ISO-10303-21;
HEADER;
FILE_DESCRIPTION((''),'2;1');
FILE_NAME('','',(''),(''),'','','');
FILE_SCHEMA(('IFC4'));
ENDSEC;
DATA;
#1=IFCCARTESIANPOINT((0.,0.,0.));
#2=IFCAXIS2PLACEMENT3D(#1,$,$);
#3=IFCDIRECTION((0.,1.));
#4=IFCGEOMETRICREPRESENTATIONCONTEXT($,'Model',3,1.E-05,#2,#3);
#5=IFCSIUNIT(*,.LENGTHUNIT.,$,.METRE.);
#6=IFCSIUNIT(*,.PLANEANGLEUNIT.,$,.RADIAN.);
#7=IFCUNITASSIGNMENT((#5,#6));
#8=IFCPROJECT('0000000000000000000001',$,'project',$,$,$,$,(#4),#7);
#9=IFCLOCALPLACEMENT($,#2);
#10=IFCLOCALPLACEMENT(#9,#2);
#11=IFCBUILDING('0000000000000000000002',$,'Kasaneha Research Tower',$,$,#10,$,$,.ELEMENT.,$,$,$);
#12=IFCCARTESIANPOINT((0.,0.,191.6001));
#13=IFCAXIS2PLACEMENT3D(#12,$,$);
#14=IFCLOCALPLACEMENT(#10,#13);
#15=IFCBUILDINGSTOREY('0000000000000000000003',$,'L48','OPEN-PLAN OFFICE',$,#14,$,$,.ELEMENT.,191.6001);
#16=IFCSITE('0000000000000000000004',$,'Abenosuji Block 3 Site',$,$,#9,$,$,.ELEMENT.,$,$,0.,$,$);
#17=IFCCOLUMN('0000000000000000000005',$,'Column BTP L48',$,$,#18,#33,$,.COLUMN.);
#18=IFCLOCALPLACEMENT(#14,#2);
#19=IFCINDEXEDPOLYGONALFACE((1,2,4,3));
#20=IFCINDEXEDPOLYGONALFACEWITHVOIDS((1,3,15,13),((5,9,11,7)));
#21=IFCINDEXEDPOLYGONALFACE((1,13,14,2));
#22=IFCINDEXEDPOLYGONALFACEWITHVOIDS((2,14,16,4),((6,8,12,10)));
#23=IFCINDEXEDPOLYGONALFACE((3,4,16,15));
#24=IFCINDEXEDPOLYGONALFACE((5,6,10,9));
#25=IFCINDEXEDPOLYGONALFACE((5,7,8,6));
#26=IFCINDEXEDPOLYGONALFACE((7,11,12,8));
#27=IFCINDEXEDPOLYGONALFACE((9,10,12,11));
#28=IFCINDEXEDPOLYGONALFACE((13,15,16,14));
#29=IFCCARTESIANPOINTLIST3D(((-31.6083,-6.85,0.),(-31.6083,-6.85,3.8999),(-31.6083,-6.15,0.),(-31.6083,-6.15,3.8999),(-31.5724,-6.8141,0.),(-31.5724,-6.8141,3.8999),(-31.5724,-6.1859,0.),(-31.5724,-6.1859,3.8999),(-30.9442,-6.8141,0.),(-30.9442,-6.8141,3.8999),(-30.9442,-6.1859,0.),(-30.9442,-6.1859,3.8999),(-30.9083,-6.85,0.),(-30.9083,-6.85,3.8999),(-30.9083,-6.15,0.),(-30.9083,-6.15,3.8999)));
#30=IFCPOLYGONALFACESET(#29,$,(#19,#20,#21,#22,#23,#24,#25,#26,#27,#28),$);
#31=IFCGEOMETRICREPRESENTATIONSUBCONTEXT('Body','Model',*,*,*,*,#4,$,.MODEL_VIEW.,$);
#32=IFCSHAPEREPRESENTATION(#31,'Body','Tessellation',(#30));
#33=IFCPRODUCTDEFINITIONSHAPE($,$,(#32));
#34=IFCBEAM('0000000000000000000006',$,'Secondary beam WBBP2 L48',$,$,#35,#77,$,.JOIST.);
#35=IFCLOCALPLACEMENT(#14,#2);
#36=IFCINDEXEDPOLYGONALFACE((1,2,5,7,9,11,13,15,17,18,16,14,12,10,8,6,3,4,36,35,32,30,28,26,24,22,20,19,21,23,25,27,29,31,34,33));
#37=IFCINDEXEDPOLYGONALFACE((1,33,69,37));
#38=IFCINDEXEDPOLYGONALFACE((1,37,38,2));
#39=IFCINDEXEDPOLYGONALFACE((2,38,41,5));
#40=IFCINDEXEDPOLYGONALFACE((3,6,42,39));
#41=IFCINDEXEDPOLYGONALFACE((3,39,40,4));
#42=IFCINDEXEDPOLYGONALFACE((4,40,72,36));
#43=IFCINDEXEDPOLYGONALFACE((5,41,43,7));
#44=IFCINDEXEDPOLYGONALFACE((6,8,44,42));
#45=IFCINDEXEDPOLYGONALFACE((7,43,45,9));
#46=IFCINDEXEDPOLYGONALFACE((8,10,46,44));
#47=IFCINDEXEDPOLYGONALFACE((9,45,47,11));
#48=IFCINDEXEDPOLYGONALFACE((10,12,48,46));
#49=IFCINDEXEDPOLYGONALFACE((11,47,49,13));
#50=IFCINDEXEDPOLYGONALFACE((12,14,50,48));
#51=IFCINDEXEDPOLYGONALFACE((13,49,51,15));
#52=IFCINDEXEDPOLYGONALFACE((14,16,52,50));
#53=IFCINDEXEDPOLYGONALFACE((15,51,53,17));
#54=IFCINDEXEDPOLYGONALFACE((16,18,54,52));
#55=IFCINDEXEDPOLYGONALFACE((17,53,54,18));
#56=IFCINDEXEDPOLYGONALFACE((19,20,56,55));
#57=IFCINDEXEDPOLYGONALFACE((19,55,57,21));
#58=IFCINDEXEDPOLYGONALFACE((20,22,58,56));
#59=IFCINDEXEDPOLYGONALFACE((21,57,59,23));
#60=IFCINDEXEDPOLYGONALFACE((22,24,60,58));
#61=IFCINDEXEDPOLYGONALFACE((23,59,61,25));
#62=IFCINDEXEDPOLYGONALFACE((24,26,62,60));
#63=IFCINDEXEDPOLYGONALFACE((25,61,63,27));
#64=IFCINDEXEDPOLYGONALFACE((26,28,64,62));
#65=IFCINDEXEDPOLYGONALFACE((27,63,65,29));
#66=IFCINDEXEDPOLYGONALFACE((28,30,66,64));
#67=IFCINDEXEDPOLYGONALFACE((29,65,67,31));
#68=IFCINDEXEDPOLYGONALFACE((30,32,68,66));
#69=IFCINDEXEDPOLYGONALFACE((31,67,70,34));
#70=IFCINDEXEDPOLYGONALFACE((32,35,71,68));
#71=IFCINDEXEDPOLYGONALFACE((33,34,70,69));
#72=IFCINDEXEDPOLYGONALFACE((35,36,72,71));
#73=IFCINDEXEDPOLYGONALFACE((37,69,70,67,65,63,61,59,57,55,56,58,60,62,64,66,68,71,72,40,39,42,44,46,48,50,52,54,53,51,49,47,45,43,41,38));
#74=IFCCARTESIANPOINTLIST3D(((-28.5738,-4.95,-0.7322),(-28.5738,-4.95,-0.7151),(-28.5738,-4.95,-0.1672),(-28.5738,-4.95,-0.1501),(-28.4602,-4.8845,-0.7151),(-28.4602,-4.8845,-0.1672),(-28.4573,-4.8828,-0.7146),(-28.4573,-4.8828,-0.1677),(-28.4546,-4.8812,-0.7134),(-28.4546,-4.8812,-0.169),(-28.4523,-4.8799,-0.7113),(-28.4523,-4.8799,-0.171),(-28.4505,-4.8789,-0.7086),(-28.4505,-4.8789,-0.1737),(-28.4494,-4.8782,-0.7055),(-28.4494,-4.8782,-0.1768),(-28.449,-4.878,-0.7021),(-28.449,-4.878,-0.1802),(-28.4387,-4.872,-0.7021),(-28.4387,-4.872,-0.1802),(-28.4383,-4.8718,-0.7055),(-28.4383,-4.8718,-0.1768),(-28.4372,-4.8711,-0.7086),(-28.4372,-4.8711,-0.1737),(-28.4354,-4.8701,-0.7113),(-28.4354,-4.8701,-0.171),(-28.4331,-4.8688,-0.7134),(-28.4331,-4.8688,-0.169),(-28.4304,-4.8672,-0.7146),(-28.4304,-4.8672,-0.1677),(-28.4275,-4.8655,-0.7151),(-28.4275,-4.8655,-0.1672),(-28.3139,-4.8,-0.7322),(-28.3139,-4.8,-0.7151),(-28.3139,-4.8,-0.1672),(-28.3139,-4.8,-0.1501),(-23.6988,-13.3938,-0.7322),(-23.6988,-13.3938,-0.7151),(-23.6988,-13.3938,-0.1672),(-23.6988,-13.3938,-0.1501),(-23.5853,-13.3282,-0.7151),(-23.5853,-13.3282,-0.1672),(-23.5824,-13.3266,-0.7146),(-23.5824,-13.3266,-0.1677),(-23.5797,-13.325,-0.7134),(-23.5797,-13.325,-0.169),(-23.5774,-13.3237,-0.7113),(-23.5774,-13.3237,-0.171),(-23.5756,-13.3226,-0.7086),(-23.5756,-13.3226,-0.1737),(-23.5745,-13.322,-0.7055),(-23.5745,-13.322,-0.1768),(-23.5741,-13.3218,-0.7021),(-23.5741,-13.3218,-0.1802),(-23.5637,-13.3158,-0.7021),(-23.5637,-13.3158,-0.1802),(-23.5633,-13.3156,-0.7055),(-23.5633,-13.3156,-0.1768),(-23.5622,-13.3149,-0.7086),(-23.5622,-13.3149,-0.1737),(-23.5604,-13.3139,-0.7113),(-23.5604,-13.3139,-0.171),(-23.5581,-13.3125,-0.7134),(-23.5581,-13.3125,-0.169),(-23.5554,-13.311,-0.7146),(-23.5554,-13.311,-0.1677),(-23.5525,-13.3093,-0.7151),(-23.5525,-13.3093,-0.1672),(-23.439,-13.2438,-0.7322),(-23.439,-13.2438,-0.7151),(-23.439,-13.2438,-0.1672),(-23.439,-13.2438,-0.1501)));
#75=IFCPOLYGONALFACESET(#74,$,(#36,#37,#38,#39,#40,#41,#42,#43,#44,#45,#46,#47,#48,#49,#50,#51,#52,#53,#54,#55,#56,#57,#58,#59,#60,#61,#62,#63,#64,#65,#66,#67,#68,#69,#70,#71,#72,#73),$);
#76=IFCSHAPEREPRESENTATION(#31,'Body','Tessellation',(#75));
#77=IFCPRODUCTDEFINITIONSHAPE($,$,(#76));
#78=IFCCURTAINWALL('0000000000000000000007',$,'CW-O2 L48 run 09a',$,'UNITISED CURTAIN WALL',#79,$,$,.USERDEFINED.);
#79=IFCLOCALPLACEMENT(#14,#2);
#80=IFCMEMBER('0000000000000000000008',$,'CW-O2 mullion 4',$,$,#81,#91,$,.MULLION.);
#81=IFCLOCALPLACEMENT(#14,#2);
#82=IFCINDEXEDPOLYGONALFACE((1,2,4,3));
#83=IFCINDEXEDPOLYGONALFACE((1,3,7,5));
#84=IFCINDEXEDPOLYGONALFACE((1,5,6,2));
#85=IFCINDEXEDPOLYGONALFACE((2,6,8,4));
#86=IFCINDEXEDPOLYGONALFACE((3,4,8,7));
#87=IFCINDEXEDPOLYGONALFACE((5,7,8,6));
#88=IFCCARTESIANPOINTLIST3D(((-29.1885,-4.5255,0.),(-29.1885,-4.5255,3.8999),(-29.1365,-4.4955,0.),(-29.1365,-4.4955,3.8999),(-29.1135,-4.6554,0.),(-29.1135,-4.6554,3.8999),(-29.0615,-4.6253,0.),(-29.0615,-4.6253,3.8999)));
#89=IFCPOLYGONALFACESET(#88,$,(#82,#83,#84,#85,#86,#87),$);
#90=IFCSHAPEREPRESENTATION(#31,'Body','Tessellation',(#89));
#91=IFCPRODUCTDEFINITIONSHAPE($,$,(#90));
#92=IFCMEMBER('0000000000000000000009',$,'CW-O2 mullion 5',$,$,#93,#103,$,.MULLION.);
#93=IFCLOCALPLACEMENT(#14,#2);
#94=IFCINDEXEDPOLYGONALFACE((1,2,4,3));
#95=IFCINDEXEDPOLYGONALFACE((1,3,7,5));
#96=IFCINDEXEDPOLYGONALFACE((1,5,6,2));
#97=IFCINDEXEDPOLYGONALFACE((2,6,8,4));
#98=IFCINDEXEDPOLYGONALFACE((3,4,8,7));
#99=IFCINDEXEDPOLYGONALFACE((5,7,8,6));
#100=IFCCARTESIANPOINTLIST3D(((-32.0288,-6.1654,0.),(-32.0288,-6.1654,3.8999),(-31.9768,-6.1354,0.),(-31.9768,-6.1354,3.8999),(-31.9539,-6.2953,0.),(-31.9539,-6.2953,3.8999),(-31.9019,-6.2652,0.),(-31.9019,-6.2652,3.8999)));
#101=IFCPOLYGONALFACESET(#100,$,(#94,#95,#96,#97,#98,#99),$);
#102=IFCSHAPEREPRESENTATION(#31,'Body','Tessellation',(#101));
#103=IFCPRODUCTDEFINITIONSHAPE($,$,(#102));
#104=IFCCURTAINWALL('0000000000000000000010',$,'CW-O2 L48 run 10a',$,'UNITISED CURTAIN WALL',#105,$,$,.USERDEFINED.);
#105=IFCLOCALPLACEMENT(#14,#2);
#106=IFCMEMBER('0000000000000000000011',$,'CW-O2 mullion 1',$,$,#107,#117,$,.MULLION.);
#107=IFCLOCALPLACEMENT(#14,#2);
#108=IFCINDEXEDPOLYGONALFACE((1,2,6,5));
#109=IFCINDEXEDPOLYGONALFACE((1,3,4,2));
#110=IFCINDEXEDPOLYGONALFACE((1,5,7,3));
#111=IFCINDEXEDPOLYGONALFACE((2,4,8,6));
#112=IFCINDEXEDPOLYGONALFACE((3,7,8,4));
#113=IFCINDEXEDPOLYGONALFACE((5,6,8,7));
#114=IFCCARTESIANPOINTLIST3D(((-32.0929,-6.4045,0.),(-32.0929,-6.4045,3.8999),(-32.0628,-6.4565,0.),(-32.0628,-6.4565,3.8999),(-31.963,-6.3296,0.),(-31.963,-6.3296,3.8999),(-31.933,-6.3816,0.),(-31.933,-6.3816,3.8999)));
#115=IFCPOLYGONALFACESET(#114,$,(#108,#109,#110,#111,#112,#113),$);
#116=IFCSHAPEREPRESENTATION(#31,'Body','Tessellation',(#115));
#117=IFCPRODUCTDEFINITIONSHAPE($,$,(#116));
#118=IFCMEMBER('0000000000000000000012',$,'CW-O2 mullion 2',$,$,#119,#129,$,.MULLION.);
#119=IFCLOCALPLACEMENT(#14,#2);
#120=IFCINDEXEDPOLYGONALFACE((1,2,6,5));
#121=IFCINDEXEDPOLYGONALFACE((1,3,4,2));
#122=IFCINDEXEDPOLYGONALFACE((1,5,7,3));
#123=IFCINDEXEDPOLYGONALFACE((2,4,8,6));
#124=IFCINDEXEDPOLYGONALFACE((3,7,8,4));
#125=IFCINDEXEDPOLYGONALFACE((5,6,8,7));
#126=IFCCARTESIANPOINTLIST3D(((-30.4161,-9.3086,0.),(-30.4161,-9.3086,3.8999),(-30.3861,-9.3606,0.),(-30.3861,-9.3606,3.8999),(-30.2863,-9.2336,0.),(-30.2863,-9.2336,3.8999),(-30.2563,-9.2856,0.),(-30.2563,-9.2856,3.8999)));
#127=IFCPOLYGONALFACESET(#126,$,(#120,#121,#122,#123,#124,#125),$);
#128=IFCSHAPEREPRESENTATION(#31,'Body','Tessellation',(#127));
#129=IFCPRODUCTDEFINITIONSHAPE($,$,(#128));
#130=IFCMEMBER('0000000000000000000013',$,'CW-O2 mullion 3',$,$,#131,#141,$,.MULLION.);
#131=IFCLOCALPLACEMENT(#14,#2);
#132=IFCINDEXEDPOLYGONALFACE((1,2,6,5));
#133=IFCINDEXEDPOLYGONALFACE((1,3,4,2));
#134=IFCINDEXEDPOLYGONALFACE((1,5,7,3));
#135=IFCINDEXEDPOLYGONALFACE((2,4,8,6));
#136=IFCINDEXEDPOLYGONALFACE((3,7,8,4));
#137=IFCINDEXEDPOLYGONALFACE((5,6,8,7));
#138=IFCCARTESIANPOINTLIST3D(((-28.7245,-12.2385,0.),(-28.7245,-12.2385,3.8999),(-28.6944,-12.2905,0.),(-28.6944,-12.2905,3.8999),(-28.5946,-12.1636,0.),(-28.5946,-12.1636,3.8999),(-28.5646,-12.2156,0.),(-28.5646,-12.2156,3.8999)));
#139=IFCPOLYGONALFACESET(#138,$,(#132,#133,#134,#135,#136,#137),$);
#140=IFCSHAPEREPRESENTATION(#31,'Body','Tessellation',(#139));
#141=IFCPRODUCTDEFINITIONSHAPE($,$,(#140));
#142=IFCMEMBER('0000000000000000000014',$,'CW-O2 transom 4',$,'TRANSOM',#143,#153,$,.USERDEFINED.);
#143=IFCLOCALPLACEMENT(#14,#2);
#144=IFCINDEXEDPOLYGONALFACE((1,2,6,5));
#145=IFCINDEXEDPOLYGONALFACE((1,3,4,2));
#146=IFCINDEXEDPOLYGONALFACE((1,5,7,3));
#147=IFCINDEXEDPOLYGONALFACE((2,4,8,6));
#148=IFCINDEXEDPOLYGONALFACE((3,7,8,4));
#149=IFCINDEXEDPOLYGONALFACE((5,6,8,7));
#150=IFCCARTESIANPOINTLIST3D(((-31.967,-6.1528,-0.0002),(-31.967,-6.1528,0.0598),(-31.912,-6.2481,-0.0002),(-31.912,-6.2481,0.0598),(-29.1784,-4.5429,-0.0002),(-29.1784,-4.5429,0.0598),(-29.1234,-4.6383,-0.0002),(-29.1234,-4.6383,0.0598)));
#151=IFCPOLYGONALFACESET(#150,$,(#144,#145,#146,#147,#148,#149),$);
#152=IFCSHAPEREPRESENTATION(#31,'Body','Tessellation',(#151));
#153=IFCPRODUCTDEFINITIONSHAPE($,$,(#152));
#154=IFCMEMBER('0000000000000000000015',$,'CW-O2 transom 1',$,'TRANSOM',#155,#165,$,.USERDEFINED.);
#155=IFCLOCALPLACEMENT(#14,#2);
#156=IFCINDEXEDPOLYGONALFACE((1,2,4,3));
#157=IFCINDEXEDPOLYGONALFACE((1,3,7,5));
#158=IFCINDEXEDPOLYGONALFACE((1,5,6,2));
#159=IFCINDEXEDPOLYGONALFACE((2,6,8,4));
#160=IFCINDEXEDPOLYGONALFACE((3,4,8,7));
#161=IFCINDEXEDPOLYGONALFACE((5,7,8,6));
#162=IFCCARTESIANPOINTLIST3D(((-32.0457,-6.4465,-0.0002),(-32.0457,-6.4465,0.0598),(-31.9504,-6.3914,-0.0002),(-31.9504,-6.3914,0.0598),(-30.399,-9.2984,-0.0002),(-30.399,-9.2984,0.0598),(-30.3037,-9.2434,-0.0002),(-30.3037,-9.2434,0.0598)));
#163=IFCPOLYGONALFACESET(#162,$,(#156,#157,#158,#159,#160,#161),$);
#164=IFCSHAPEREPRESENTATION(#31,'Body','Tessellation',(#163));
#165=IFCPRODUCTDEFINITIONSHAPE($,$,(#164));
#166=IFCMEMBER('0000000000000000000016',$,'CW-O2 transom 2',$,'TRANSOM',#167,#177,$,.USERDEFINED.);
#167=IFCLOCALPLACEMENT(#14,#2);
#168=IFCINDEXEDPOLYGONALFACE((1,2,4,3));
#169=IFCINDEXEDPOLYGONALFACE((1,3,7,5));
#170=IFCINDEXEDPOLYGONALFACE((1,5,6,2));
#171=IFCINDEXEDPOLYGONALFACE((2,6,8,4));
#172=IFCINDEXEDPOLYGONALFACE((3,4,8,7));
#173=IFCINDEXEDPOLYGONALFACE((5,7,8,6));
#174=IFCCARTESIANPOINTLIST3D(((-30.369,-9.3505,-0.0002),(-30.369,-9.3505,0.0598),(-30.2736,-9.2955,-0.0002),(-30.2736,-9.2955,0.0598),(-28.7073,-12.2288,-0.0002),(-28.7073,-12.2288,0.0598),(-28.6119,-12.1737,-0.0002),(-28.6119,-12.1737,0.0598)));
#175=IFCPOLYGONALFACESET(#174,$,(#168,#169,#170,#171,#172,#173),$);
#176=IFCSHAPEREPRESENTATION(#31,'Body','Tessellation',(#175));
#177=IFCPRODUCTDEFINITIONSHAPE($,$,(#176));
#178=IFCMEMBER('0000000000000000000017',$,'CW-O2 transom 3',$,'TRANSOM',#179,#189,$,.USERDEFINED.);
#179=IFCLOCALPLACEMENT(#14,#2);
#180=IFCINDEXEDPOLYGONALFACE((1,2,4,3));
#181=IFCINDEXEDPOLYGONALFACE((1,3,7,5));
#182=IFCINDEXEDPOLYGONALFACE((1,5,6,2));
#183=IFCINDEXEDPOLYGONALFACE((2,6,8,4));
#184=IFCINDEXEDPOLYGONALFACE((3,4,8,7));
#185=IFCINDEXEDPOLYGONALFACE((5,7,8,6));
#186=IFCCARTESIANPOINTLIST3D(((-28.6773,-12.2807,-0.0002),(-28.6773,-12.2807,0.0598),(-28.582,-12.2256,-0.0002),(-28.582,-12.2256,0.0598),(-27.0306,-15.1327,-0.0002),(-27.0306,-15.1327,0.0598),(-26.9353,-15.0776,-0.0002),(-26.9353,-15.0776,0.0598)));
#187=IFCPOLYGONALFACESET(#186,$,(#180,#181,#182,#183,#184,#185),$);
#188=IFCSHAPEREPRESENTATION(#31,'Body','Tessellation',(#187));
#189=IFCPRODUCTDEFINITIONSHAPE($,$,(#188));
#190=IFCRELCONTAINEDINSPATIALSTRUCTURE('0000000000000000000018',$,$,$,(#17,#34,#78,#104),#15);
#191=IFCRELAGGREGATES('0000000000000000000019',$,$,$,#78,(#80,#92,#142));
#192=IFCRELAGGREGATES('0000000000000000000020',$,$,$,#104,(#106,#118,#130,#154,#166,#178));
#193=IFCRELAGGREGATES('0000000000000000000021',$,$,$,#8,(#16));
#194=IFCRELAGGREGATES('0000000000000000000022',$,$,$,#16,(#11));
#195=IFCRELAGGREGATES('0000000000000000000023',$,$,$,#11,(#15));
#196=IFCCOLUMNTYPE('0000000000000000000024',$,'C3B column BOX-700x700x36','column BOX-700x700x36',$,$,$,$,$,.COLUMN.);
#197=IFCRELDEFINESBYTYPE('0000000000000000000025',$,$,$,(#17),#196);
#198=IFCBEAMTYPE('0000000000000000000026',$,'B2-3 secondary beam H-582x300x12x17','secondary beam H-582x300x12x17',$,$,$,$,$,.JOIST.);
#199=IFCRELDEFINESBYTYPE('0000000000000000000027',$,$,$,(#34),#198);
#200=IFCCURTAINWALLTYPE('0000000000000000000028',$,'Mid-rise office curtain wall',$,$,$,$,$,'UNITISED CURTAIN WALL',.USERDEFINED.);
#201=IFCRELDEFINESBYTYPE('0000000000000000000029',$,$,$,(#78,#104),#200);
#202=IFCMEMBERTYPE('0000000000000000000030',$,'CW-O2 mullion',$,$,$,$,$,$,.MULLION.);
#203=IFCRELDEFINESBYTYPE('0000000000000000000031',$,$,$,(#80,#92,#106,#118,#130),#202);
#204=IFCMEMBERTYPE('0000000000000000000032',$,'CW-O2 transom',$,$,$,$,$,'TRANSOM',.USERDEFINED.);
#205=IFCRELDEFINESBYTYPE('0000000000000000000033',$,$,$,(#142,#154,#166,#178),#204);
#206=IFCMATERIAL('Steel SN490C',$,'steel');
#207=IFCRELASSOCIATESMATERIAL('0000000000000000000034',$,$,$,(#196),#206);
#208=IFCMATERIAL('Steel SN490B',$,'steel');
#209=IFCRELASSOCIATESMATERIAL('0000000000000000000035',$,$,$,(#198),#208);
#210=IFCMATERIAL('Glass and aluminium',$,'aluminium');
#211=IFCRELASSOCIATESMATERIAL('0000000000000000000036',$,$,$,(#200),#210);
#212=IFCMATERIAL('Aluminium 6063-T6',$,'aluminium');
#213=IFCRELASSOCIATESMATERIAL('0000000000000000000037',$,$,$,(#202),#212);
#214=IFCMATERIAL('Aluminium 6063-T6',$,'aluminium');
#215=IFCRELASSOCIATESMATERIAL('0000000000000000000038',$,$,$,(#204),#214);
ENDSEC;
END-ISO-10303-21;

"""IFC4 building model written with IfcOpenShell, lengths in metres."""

from ifc_helpers import new_model, si_unit, direction, frame, origin, origin_2d, place, context, subcontext, project, spatial, rectangle, hollow_rectangle, i_section, extrude, material, material_profile, profile_set, type_object, element, aggregate, save


model = new_model("IFC4")

# Units and contexts
model_context = context("Model", 3, precision=1e-05, world=origin(), true_north=direction((0.0, 1.0)))
body_context = subcontext(model_context, "Body", "Model", "MODEL_VIEW")
ifc_project = project(units=[si_unit("LENGTHUNIT", "METRE"), si_unit("PLANEANGLEUNIT", "RADIAN")], contexts=[model_context])

# Site, building, storey
site_placement = place(None, origin())
site = spatial("IfcSite", under=ifc_project, at=site_placement, Name="Abenosuji Block 3 Site", CompositionType="ELEMENT", RefElevation=0.0)
building_placement = place(site_placement, origin())
building = spatial("IfcBuilding", under=site, at=building_placement, Name="Kasaneha Research Tower", CompositionType="ELEMENT")
storey_placement = place(building_placement, frame((0.0, 0.0, 191.6001)))
storey = spatial("IfcBuildingStorey", under=building, at=storey_placement, Name="L48", Description="OPEN-PLAN OFFICE", CompositionType="ELEMENT", Elevation=191.6001)

# Column
ifc_material_1 = material(Name="Steel SN490C", Category="steel")
ifc_material_profile_1 = material_profile(ifc_material_1, hollow_rectangle(XDim=0.7, YDim=0.7, WallThickness=0.0359, at=origin_2d()), Name="BOX-700x700x36")
ifc_profile_set_1 = profile_set([ifc_material_profile_1], Name="Steel SN490C")
column_type = type_object("IfcColumnType", Name="C3B column BOX-700x700x36", Description="column BOX-700x700x36", PredefinedType="COLUMN", material=ifc_profile_set_1)
column_placement = place(storey_placement, frame((-31.2583, -6.5, 0.0), z_axis=(0.0, 0.0, 1.0), x_axis=(1.0, 0.0, 0.0)))
element("IfcColumn", 1, at=column_placement, inside=storey, type_object=column_type, Name="Column BTP L48", PredefinedType="COLUMN", context=body_context, shape_type="SweptSolid", body=[
    extrude(hollow_rectangle(XDim=0.7, YDim=0.7, WallThickness=0.0359, at=origin_2d()), origin(), (0.0, 0.0, 1.0), 3.8999),
])

# Beam
ifc_material_2 = material(Name="Steel SN490B", Category="steel")
ifc_material_profile_2 = material_profile(ifc_material_2, i_section(OverallWidth=0.3, OverallDepth=0.582, WebThickness=0.012, FlangeThickness=0.0171, FilletRadius=0.0129, at=origin_2d()), Name="H-582x300x12x17")
ifc_profile_set_2 = profile_set([ifc_material_profile_2], Name="Steel SN490B")
beam_type_1 = type_object("IfcBeamType", Name="B2-3 secondary beam H-582x300x12x17", Description="secondary beam H-582x300x12x17", PredefinedType="JOIST", material=ifc_profile_set_2)
beam_1_placement = place(storey_placement, frame((-28.4438, -4.875, -0.4412), z_axis=(0.499996, -0.866028, 0.0), x_axis=(0.866028, 0.499996, 0.0)))
element("IfcBeam", 2, at=beam_1_placement, inside=storey, type_object=beam_type_1, Name="Secondary beam WBBP2 L48", PredefinedType="JOIST", context=body_context, shape_type="SweptSolid", body=[
    extrude(i_section(OverallWidth=0.3, OverallDepth=0.582, WebThickness=0.012, FlangeThickness=0.0171, FilletRadius=0.0129, at=origin_2d()), origin(), (0.0, 0.0, 1.0), 9.75),
])

# Curtain walls, members
ifc_material_3 = material(Name="Glass and aluminium", Category="aluminium")
curtain_wall_type = type_object("IfcCurtainWallType", Name="Mid-rise office curtain wall", ElementType="UNITISED CURTAIN WALL", PredefinedType="USERDEFINED", material=ifc_material_3)
curtain_wall_1_placement = place(storey_placement, origin())
curtain_wall_1 = element("IfcCurtainWall", 3, at=curtain_wall_1_placement, inside=storey, type_object=curtain_wall_type, Name="CW-O2 L48 run 09a", ObjectType="UNITISED CURTAIN WALL", PredefinedType="USERDEFINED")
ifc_material_4 = material(Name="Aluminium 6063-T6", Category="aluminium")
ifc_material_profile_3 = material_profile(ifc_material_4, rectangle(XDim=0.0601, YDim=0.1499, at=origin_2d()), Name="CW-O2 mullion 60x150")
ifc_profile_set_3 = profile_set([ifc_material_profile_3], Name="Aluminium 6063-T6")
member_type_1 = type_object("IfcMemberType", Name="CW-O2 mullion", PredefinedType="MULLION", material=ifc_profile_set_3)
member_1_placement = place(storey_placement, frame((-29.125, -4.5754, 0.0), z_axis=(0.0, 0.0, 1.0), x_axis=(-0.866025, -0.5, 0.0)))
member_1 = element("IfcMember", 4, at=member_1_placement, type_object=member_type_1, Name="CW-O2 mullion 4", PredefinedType="MULLION", context=body_context, shape_type="SweptSolid", body=[
    extrude(rectangle(XDim=0.0601, YDim=0.1499, at=origin_2d()), origin(), (0.0, 0.0, 1.0), 3.8999),
])
member_2_placement = place(storey_placement, frame((-31.9653, -6.2153, 0.0), z_axis=(0.0, 0.0, 1.0), x_axis=(-0.866025, -0.5, 0.0)))
member_2 = element("IfcMember", 5, at=member_2_placement, type_object=member_type_1, Name="CW-O2 mullion 5", PredefinedType="MULLION", context=body_context, shape_type="SweptSolid", body=[
    extrude(rectangle(XDim=0.0601, YDim=0.1499, at=origin_2d()), origin(), (0.0, 0.0, 1.0), 3.8999),
])
curtain_wall_2_placement = place(storey_placement, origin())
curtain_wall_2 = element("IfcCurtainWall", 6, at=curtain_wall_2_placement, inside=storey, type_object=curtain_wall_type, Name="CW-O2 L48 run 10a", ObjectType="UNITISED CURTAIN WALL", PredefinedType="USERDEFINED")
member_3_placement = place(storey_placement, frame((-32.0129, -6.3931, 0.0), z_axis=(0.0, 0.0, 1.0), x_axis=(0.5, -0.866025, 0.0)))
member_3 = element("IfcMember", 7, at=member_3_placement, type_object=member_type_1, Name="CW-O2 mullion 1", PredefinedType="MULLION", context=body_context, shape_type="SweptSolid", body=[
    extrude(rectangle(XDim=0.0601, YDim=0.1499, at=origin_2d()), origin(), (0.0, 0.0, 1.0), 3.8999),
])
member_4_placement = place(storey_placement, frame((-30.3362, -9.2971, 0.0), z_axis=(0.0, 0.0, 1.0), x_axis=(0.5, -0.866025, 0.0)))
member_4 = element("IfcMember", 8, at=member_4_placement, type_object=member_type_1, Name="CW-O2 mullion 2", PredefinedType="MULLION", context=body_context, shape_type="SweptSolid", body=[
    extrude(rectangle(XDim=0.0601, YDim=0.1499, at=origin_2d()), origin(), (0.0, 0.0, 1.0), 3.8999),
])
member_5_placement = place(storey_placement, frame((-28.6445, -12.2271, 0.0), z_axis=(0.0, 0.0, 1.0), x_axis=(0.5, -0.866025, 0.0)))
member_5 = element("IfcMember", 9, at=member_5_placement, type_object=member_type_1, Name="CW-O2 mullion 3", PredefinedType="MULLION", context=body_context, shape_type="SweptSolid", body=[
    extrude(rectangle(XDim=0.0601, YDim=0.1499, at=origin_2d()), origin(), (0.0, 0.0, 1.0), 3.8999),
])

# Members
ifc_material_5 = material(Name="Aluminium 6063-T6", Category="aluminium")
ifc_material_profile_4 = material_profile(ifc_material_5, rectangle(XDim=0.1101, YDim=0.0601, at=origin_2d()), Name="CW-O2 transom 110x60")
ifc_profile_set_4 = profile_set([ifc_material_profile_4], Name="Aluminium 6063-T6")
member_type_2 = type_object("IfcMemberType", Name="CW-O2 transom", ElementType="TRANSOM", PredefinedType="USERDEFINED", material=ifc_profile_set_4)
member_6_placement = place(storey_placement, frame((-29.1509, -4.5906, 0.0298), z_axis=(-0.866042, -0.499972, 0.0), x_axis=(0.499972, -0.866042, 0.0)))
member_6 = element("IfcMember", 10, at=member_6_placement, type_object=member_type_2, Name="CW-O2 transom 4", ObjectType="TRANSOM", PredefinedType="USERDEFINED", context=body_context, shape_type="SweptSolid", body=[
    extrude(rectangle(XDim=0.1101, YDim=0.0601, at=origin_2d()), origin(), (0.0, 0.0, 1.0), 3.22),
])
member_7_placement = place(storey_placement, frame((-31.998, -6.4189, 0.0298), z_axis=(0.500022, -0.866013, 0.0), x_axis=(0.866013, 0.500022, 0.0)))
member_7 = element("IfcMember", 11, at=member_7_placement, type_object=member_type_2, Name="CW-O2 transom 1", ObjectType="TRANSOM", PredefinedType="USERDEFINED", context=body_context, shape_type="SweptSolid", body=[
    extrude(rectangle(XDim=0.1101, YDim=0.0601, at=origin_2d()), origin(), (0.0, 0.0, 1.0), 3.2932),
])
member_8_placement = place(storey_placement, frame((-30.3213, -9.323, 0.0298), z_axis=(0.499979, -0.866038, 0.0), x_axis=(0.866038, 0.499979, 0.0)))
member_8 = element("IfcMember", 12, at=member_8_placement, type_object=member_type_2, Name="CW-O2 transom 2", ObjectType="TRANSOM", PredefinedType="USERDEFINED", context=body_context, shape_type="SweptSolid", body=[
    extrude(rectangle(XDim=0.1101, YDim=0.0601, at=origin_2d()), origin(), (0.0, 0.0, 1.0), 3.3235),
])
member_9_placement = place(storey_placement, frame((-28.6296, -12.2532, 0.0298), z_axis=(0.500022, -0.866013, 0.0), x_axis=(0.866013, 0.500022, 0.0)))
member_9 = element("IfcMember", 13, at=member_9_placement, type_object=member_type_2, Name="CW-O2 transom 3", ObjectType="TRANSOM", PredefinedType="USERDEFINED", context=body_context, shape_type="SweptSolid", body=[
    extrude(rectangle(XDim=0.1101, YDim=0.0601, at=origin_2d()), origin(), (0.0, 0.0, 1.0), 3.2932),
])

aggregate(curtain_wall_1, [member_1, member_2, member_6])
aggregate(curtain_wall_2, [member_3, member_4, member_5, member_7, member_8, member_9])

save(model, "model.ifc")
